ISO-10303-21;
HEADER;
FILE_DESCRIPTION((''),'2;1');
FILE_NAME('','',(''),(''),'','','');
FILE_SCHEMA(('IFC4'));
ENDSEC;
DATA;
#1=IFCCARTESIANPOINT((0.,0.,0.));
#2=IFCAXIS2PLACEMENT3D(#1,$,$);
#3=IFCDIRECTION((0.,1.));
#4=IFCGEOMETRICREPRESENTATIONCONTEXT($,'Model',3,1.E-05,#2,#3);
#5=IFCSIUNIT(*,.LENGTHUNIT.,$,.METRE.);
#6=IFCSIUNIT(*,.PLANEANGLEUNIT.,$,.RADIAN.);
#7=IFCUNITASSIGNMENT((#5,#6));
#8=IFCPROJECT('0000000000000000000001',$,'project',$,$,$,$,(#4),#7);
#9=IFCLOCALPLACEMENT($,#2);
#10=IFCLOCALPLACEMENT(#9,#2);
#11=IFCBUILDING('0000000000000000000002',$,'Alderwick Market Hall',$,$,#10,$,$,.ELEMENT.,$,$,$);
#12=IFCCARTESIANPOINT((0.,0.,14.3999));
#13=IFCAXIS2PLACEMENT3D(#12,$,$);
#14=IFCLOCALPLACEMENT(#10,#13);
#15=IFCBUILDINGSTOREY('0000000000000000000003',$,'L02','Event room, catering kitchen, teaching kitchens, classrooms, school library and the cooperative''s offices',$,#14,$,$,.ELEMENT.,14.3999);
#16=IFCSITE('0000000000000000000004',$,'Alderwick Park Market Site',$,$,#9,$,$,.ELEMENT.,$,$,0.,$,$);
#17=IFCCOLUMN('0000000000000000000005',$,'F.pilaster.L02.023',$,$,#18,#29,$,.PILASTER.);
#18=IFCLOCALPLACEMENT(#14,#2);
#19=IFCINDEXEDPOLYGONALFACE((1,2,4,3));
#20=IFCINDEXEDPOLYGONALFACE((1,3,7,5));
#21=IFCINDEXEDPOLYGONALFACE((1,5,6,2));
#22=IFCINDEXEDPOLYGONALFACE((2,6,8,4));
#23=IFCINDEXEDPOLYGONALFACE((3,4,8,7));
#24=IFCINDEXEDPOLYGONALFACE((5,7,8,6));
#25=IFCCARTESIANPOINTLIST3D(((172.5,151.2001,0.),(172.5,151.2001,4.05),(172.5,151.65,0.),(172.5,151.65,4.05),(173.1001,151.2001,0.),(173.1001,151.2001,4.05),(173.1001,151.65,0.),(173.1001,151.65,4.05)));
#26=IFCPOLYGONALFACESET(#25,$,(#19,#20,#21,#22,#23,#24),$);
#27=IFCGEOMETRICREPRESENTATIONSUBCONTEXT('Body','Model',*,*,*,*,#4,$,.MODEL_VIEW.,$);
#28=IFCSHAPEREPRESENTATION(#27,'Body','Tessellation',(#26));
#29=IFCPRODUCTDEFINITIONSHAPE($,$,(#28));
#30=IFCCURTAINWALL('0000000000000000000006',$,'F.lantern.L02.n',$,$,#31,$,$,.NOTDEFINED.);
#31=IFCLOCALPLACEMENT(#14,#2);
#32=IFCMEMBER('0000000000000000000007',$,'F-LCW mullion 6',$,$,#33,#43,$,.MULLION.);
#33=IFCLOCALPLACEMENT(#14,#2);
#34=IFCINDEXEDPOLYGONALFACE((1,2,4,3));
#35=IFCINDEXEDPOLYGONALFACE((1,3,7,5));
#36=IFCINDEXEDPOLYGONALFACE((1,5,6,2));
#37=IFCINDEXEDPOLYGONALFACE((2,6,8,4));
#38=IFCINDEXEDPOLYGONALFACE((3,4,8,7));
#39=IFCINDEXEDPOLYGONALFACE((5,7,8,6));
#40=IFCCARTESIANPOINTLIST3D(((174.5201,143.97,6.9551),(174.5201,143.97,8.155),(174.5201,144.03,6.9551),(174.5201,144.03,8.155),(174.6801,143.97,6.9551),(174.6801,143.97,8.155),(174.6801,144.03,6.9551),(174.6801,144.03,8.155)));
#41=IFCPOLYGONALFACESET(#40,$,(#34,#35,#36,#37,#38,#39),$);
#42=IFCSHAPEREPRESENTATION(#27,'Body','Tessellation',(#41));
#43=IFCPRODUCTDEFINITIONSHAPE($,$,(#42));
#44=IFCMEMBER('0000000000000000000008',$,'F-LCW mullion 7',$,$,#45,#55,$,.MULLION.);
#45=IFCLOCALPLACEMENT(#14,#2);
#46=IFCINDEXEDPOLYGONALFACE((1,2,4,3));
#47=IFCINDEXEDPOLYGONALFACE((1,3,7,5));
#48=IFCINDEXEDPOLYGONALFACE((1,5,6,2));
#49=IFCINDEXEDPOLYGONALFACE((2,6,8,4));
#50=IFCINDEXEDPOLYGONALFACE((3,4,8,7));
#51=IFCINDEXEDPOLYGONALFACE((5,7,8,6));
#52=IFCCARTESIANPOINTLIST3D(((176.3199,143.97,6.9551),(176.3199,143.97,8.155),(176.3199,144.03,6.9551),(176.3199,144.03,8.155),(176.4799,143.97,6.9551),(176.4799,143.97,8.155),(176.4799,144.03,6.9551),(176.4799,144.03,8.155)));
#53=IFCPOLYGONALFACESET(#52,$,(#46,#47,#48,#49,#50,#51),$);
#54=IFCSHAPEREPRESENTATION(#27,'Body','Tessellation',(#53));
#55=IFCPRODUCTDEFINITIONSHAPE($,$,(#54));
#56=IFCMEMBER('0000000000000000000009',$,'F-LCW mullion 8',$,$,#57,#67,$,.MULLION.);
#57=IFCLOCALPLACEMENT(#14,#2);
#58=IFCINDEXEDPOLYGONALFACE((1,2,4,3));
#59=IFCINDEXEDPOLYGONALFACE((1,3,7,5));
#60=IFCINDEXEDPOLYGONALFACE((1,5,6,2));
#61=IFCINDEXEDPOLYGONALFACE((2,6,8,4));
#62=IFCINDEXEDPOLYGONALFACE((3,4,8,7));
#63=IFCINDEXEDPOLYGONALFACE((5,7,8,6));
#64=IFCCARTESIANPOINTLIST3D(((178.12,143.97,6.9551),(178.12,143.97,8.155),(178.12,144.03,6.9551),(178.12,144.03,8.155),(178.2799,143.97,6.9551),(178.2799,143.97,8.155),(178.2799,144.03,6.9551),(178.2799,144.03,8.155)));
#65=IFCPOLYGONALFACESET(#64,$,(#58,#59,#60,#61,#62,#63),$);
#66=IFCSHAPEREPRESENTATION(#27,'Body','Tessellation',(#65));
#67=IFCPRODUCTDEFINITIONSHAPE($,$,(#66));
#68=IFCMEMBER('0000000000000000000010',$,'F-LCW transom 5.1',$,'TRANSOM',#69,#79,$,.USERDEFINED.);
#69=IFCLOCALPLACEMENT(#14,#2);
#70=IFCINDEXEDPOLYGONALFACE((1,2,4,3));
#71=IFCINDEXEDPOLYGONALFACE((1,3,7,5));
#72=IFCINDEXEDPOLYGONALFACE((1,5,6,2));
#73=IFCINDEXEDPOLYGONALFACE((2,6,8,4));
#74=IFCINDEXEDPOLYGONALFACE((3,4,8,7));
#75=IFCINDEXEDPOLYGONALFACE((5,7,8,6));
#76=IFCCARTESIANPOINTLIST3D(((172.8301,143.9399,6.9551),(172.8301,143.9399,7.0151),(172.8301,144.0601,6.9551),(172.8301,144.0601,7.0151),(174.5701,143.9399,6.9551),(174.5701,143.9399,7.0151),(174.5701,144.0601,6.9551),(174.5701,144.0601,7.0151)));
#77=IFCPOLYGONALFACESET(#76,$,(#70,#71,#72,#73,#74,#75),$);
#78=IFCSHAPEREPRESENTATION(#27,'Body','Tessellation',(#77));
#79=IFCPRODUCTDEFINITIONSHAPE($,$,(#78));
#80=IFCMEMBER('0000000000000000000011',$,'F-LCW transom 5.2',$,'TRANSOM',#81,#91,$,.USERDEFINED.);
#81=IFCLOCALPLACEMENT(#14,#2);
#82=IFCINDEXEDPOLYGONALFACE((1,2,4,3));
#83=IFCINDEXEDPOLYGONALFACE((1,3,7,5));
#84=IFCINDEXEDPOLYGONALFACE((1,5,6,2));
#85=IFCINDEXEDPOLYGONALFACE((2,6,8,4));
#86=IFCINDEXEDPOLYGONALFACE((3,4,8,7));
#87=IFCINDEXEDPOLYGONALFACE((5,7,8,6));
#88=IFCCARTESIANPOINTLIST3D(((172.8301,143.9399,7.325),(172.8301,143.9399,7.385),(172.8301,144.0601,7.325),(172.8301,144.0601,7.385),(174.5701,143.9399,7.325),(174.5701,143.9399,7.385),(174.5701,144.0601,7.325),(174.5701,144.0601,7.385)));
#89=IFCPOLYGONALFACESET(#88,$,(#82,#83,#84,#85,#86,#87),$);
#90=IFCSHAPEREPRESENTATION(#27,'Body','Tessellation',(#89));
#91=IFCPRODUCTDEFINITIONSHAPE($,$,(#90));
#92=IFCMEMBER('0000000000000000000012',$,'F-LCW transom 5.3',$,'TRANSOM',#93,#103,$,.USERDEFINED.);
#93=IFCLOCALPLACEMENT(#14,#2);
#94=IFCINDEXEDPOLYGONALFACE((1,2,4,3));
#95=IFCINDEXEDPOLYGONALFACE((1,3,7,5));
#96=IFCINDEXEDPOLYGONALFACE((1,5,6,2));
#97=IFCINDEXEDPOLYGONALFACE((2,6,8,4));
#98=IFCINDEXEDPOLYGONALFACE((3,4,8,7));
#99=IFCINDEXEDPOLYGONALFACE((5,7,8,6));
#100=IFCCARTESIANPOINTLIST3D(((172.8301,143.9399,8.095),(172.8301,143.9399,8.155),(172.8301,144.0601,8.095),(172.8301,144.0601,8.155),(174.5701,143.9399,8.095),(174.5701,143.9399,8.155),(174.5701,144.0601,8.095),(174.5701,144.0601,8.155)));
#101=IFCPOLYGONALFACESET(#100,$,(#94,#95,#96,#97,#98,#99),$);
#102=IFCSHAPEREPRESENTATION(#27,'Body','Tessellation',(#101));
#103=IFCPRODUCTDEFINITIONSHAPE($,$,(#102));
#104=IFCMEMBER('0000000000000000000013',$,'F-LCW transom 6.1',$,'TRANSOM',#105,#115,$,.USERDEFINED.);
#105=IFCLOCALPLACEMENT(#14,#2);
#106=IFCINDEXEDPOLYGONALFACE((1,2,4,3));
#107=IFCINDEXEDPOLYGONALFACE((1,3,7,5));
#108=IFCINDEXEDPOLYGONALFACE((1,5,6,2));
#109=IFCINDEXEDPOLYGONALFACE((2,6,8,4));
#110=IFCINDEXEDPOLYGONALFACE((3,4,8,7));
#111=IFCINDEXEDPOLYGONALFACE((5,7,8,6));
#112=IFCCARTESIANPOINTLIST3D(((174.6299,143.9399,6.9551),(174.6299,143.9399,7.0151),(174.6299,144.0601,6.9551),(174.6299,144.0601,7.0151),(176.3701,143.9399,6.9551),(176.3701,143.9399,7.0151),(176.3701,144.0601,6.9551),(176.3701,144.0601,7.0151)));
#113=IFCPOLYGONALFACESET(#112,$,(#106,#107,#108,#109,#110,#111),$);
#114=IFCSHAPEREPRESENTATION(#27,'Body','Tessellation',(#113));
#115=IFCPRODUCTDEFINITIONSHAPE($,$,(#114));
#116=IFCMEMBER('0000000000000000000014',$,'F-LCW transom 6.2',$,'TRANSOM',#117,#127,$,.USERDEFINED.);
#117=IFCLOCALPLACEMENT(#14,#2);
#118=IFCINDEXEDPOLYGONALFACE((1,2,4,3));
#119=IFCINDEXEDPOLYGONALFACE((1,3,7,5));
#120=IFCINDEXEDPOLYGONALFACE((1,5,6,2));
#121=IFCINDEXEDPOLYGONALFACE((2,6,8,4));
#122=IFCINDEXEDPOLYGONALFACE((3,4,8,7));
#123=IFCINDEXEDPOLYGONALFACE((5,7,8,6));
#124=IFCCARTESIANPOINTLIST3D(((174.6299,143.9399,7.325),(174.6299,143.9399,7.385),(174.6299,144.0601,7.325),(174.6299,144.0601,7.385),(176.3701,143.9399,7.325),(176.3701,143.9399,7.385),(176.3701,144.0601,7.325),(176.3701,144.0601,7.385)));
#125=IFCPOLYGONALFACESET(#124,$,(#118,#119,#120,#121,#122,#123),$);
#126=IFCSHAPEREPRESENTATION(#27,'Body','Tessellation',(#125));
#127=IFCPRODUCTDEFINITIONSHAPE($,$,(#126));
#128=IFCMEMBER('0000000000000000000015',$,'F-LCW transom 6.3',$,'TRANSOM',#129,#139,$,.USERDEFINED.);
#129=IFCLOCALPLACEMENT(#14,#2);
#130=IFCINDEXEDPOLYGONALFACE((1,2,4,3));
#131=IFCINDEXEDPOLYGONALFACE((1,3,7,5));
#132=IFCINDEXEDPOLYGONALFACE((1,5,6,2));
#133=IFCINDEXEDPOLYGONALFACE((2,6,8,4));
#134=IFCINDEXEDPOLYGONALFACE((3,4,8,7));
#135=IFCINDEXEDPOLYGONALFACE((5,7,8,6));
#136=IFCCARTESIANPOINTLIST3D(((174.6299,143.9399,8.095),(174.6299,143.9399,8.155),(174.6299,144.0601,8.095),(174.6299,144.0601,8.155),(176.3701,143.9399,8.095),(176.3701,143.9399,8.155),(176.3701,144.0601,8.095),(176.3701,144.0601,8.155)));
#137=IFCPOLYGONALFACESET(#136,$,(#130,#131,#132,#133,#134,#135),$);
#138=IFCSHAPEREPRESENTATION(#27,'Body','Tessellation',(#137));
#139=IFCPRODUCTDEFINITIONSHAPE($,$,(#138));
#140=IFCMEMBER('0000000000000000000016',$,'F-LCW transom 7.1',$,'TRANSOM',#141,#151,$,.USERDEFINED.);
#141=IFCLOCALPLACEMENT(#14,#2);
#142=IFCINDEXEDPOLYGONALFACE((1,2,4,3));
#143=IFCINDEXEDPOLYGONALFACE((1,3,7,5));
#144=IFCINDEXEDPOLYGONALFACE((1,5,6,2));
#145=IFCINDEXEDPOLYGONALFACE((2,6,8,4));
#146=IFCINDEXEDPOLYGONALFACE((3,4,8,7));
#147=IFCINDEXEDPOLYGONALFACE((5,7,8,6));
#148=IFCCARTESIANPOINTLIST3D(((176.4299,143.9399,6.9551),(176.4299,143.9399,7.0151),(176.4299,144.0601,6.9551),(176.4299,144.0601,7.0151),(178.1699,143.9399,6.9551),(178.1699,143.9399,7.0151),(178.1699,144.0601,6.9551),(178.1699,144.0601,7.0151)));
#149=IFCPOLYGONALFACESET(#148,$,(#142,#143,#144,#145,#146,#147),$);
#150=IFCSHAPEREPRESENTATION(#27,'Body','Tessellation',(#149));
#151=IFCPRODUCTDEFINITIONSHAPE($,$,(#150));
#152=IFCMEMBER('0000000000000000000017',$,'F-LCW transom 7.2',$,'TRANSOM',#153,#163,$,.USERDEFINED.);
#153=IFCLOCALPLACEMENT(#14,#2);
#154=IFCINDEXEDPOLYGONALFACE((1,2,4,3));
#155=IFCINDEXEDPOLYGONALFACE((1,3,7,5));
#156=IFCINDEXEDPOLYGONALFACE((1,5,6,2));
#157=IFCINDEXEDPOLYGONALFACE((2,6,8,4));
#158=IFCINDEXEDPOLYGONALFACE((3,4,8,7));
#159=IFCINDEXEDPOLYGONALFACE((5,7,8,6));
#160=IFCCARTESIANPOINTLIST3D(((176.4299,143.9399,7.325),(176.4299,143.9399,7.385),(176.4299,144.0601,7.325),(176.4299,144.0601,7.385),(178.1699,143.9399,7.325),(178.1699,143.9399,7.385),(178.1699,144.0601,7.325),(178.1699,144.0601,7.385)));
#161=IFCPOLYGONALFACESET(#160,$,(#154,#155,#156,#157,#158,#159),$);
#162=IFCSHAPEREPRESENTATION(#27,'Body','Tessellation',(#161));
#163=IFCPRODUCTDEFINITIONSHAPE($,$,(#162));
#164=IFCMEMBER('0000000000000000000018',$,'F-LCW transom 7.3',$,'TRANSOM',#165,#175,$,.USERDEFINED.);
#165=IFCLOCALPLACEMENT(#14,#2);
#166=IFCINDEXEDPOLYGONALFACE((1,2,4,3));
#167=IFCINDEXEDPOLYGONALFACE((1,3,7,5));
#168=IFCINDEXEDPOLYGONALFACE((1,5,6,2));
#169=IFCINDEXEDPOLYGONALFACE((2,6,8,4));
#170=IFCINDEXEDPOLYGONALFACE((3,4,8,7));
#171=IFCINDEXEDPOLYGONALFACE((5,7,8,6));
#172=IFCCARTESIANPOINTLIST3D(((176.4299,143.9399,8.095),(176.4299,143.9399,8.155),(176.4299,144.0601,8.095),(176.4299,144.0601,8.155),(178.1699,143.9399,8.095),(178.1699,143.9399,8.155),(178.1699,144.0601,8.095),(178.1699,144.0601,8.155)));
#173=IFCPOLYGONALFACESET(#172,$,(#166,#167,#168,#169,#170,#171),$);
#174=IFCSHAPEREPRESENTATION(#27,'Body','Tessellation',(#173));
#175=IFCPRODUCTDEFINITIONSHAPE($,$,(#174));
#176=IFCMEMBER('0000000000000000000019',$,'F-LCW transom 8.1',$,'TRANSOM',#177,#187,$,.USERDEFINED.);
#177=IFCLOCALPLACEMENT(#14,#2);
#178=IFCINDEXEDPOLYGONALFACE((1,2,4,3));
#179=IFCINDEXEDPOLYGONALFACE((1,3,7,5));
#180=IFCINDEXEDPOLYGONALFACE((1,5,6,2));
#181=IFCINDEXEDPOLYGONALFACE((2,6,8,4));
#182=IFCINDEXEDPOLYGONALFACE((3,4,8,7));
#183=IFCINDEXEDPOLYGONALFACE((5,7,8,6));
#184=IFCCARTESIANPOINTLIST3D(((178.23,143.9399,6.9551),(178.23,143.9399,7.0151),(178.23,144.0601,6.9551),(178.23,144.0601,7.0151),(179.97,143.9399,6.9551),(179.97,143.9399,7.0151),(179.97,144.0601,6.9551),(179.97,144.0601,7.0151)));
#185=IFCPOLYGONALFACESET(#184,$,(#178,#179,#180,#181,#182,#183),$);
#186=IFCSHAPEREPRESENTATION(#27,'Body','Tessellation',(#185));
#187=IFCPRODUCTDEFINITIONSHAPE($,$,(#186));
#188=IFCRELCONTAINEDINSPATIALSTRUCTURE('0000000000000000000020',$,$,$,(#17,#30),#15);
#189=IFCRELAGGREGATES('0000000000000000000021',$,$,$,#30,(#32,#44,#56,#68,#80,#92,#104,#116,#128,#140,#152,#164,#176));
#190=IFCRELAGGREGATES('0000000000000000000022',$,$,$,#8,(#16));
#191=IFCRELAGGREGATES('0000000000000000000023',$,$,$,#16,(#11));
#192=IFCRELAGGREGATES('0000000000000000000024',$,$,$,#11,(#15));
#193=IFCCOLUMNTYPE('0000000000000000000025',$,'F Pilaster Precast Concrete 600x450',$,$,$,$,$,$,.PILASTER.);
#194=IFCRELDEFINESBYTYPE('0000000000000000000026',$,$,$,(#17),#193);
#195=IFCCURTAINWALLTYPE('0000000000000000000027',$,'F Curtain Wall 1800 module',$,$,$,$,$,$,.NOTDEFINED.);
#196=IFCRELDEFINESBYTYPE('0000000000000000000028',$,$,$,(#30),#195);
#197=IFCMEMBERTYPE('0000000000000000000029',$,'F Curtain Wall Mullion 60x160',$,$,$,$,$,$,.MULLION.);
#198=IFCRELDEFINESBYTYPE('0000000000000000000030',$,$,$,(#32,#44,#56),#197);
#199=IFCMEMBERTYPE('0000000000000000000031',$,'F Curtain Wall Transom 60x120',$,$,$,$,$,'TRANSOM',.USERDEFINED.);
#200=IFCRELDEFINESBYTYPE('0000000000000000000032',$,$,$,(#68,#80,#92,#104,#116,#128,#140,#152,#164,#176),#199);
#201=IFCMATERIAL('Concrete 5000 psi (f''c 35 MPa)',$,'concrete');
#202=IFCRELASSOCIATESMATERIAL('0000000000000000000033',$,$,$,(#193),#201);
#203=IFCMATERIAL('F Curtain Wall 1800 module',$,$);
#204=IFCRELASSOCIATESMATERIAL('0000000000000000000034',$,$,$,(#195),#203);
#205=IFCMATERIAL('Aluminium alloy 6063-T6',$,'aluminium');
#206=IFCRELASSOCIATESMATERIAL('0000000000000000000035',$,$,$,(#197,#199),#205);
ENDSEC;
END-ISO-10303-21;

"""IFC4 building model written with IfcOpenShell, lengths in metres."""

from ifc_helpers import new_model, si_unit, direction, frame, origin, origin_2d, place, context, subcontext, project, spatial, rectangle, extrude, material, material_profile, profile_set, type_object, element, aggregate, save


model = new_model("IFC4")

# Units and contexts
model_context = context("Model", 3, precision=1e-05, world=origin(), true_north=direction((0.0, 1.0)))
body_context = subcontext(model_context, "Body", "Model", "MODEL_VIEW")
ifc_project = project(units=[si_unit("LENGTHUNIT", "METRE"), si_unit("PLANEANGLEUNIT", "RADIAN")], contexts=[model_context])

# Site, building, storey
site_placement = place(None, origin())
site = spatial("IfcSite", under=ifc_project, at=site_placement, Name="Alderwick Park Market Site", CompositionType="ELEMENT", RefElevation=0.0)
building_placement = place(site_placement, origin())
building = spatial("IfcBuilding", under=site, at=building_placement, Name="Alderwick Market Hall", CompositionType="ELEMENT")
storey_placement = place(building_placement, frame((0.0, 0.0, 14.3999)))
storey = spatial("IfcBuildingStorey", under=building, at=storey_placement, Name="L02", Description="Event room, catering kitchen, teaching kitchens, classrooms, school library and the cooperative's offices", CompositionType="ELEMENT", Elevation=14.3999)

# Column
ifc_material_1 = material(Name="Concrete 5000 psi (f'c 35 MPa)", Category="concrete")
ifc_material_profile_1 = material_profile(ifc_material_1, rectangle(XDim=0.6001, YDim=0.45, at=origin_2d()), Name="PC 600x450")
ifc_profile_set_1 = profile_set([ifc_material_profile_1], Name="Concrete 5000 psi (f'c 35 MPa)")
column_type = type_object("IfcColumnType", Name="F Pilaster Precast Concrete 600x450", PredefinedType="PILASTER", material=ifc_profile_set_1)
column_placement = place(storey_placement, frame((172.8, 151.425, 0.0), z_axis=(0.0, 0.0, 1.0), x_axis=(1.0, 0.0, 0.0)))
element("IfcColumn", 1, at=column_placement, inside=storey, type_object=column_type, Name="F.pilaster.L02.023", PredefinedType="PILASTER", context=body_context, shape_type="SweptSolid", body=[
    extrude(rectangle(XDim=0.6001, YDim=0.45, at=origin_2d()), origin(), (0.0, 0.0, 1.0), 4.05),
])

# Curtain wall, members
ifc_material_2 = material(Name="F Curtain Wall 1800 module")
curtain_wall_type = type_object("IfcCurtainWallType", Name="F Curtain Wall 1800 module", PredefinedType="NOTDEFINED", material=ifc_material_2)
curtain_wall_placement = place(storey_placement, origin())
curtain_wall = element("IfcCurtainWall", 2, at=curtain_wall_placement, inside=storey, type_object=curtain_wall_type, Name="F.lantern.L02.n", PredefinedType="NOTDEFINED")
ifc_material_3 = material(Name="Aluminium alloy 6063-T6", Category="aluminium")
ifc_material_profile_2 = material_profile(ifc_material_3, rectangle(XDim=0.0601, YDim=0.1599, at=origin_2d()), Name="AL 60x160")
ifc_profile_set_2 = profile_set([ifc_material_profile_2], Name="Aluminium alloy 6063-T6")
member_type_1 = type_object("IfcMemberType", Name="F Curtain Wall Mullion 60x160", PredefinedType="MULLION", material=ifc_profile_set_2)
member_1_placement = place(storey_placement, frame((174.6001, 144.0, 6.9551), z_axis=(0.0, 0.0, 1.0), x_axis=(0.0, 1.0, 0.0)))
member_1 = element("IfcMember", 3, at=member_1_placement, type_object=member_type_1, Name="F-LCW mullion 6", PredefinedType="MULLION", context=body_context, shape_type="SweptSolid", body=[
    extrude(rectangle(XDim=0.0601, YDim=0.1599, at=origin_2d()), origin(), (0.0, 0.0, 1.0), 1.2),
])
member_2_placement = place(storey_placement, frame((176.3999, 144.0, 6.9551), z_axis=(0.0, 0.0, 1.0), x_axis=(0.0, 1.0, 0.0)))
member_2 = element("IfcMember", 4, at=member_2_placement, type_object=member_type_1, Name="F-LCW mullion 7", PredefinedType="MULLION", context=body_context, shape_type="SweptSolid", body=[
    extrude(rectangle(XDim=0.0601, YDim=0.1599, at=origin_2d()), origin(), (0.0, 0.0, 1.0), 1.2),
])
member_3_placement = place(storey_placement, frame((178.2, 144.0, 6.9551), z_axis=(0.0, 0.0, 1.0), x_axis=(0.0, 1.0, 0.0)))
member_3 = element("IfcMember", 5, at=member_3_placement, type_object=member_type_1, Name="F-LCW mullion 8", PredefinedType="MULLION", context=body_context, shape_type="SweptSolid", body=[
    extrude(rectangle(XDim=0.0601, YDim=0.1599, at=origin_2d()), origin(), (0.0, 0.0, 1.0), 1.2),
])
ifc_material_profile_3 = material_profile(ifc_material_3, rectangle(XDim=0.1201, YDim=0.0601, at=origin_2d()), Name="AL 60x120")
ifc_profile_set_3 = profile_set([ifc_material_profile_3], Name="Aluminium alloy 6063-T6")
member_type_2 = type_object("IfcMemberType", Name="F Curtain Wall Transom 60x120", ElementType="TRANSOM", PredefinedType="USERDEFINED", material=ifc_profile_set_3)
member_4_placement = place(storey_placement, frame((172.8301, 144.0, 6.9851), z_axis=(1.0, 0.0, 0.0), x_axis=(0.0, 1.0, 0.0)))
member_4 = element("IfcMember", 6, at=member_4_placement, type_object=member_type_2, Name="F-LCW transom 5.1", ObjectType="TRANSOM", PredefinedType="USERDEFINED", context=body_context, shape_type="SweptSolid", body=[
    extrude(rectangle(XDim=0.1201, YDim=0.0601, at=origin_2d()), origin(), (0.0, 0.0, 1.0), 1.74),
])
member_5_placement = place(storey_placement, frame((172.8301, 144.0, 7.355), z_axis=(1.0, 0.0, 0.0), x_axis=(0.0, 1.0, 0.0)))
member_5 = element("IfcMember", 7, at=member_5_placement, type_object=member_type_2, Name="F-LCW transom 5.2", ObjectType="TRANSOM", PredefinedType="USERDEFINED", context=body_context, shape_type="SweptSolid", body=[
    extrude(rectangle(XDim=0.1201, YDim=0.0601, at=origin_2d()), origin(), (0.0, 0.0, 1.0), 1.74),
])
member_6_placement = place(storey_placement, frame((172.8301, 144.0, 8.125), z_axis=(1.0, 0.0, 0.0), x_axis=(0.0, 1.0, 0.0)))
member_6 = element("IfcMember", 8, at=member_6_placement, type_object=member_type_2, Name="F-LCW transom 5.3", ObjectType="TRANSOM", PredefinedType="USERDEFINED", context=body_context, shape_type="SweptSolid", body=[
    extrude(rectangle(XDim=0.1201, YDim=0.0601, at=origin_2d()), origin(), (0.0, 0.0, 1.0), 1.74),
])
member_7_placement = place(storey_placement, frame((174.6299, 144.0, 6.9851), z_axis=(1.0, 0.0, 0.0), x_axis=(0.0, 1.0, 0.0)))
member_7 = element("IfcMember", 9, at=member_7_placement, type_object=member_type_2, Name="F-LCW transom 6.1", ObjectType="TRANSOM", PredefinedType="USERDEFINED", context=body_context, shape_type="SweptSolid", body=[
    extrude(rectangle(XDim=0.1201, YDim=0.0601, at=origin_2d()), origin(), (0.0, 0.0, 1.0), 1.7402),
])
member_8_placement = place(storey_placement, frame((174.6299, 144.0, 7.355), z_axis=(1.0, 0.0, 0.0), x_axis=(0.0, 1.0, 0.0)))
member_8 = element("IfcMember", 10, at=member_8_placement, type_object=member_type_2, Name="F-LCW transom 6.2", ObjectType="TRANSOM", PredefinedType="USERDEFINED", context=body_context, shape_type="SweptSolid", body=[
    extrude(rectangle(XDim=0.1201, YDim=0.0601, at=origin_2d()), origin(), (0.0, 0.0, 1.0), 1.7402),
])
member_9_placement = place(storey_placement, frame((174.6299, 144.0, 8.125), z_axis=(1.0, 0.0, 0.0), x_axis=(0.0, 1.0, 0.0)))
member_9 = element("IfcMember", 11, at=member_9_placement, type_object=member_type_2, Name="F-LCW transom 6.3", ObjectType="TRANSOM", PredefinedType="USERDEFINED", context=body_context, shape_type="SweptSolid", body=[
    extrude(rectangle(XDim=0.1201, YDim=0.0601, at=origin_2d()), origin(), (0.0, 0.0, 1.0), 1.7402),
])
member_10_placement = place(storey_placement, frame((176.4299, 144.0, 6.9851), z_axis=(1.0, 0.0, 0.0), x_axis=(0.0, 1.0, 0.0)))
member_10 = element("IfcMember", 12, at=member_10_placement, type_object=member_type_2, Name="F-LCW transom 7.1", ObjectType="TRANSOM", PredefinedType="USERDEFINED", context=body_context, shape_type="SweptSolid", body=[
    extrude(rectangle(XDim=0.1201, YDim=0.0601, at=origin_2d()), origin(), (0.0, 0.0, 1.0), 1.74),
])
member_11_placement = place(storey_placement, frame((176.4299, 144.0, 7.355), z_axis=(1.0, 0.0, 0.0), x_axis=(0.0, 1.0, 0.0)))
member_11 = element("IfcMember", 13, at=member_11_placement, type_object=member_type_2, Name="F-LCW transom 7.2", ObjectType="TRANSOM", PredefinedType="USERDEFINED", context=body_context, shape_type="SweptSolid", body=[
    extrude(rectangle(XDim=0.1201, YDim=0.0601, at=origin_2d()), origin(), (0.0, 0.0, 1.0), 1.74),
])
member_12_placement = place(storey_placement, frame((176.4299, 144.0, 8.125), z_axis=(1.0, 0.0, 0.0), x_axis=(0.0, 1.0, 0.0)))
member_12 = element("IfcMember", 14, at=member_12_placement, type_object=member_type_2, Name="F-LCW transom 7.3", ObjectType="TRANSOM", PredefinedType="USERDEFINED", context=body_context, shape_type="SweptSolid", body=[
    extrude(rectangle(XDim=0.1201, YDim=0.0601, at=origin_2d()), origin(), (0.0, 0.0, 1.0), 1.74),
])
member_13_placement = place(storey_placement, frame((178.23, 144.0, 6.9851), z_axis=(1.0, 0.0, 0.0), x_axis=(0.0, 1.0, 0.0)))
member_13 = element("IfcMember", 15, at=member_13_placement, type_object=member_type_2, Name="F-LCW transom 8.1", ObjectType="TRANSOM", PredefinedType="USERDEFINED", context=body_context, shape_type="SweptSolid", body=[
    extrude(rectangle(XDim=0.1201, YDim=0.0601, at=origin_2d()), origin(), (0.0, 0.0, 1.0), 1.74),
])
aggregate(curtain_wall, [member_1, member_2, member_3, member_4, member_5, member_6, member_7, member_8, member_9, member_10, member_11, member_12, member_13])

save(model, "model.ifc")
